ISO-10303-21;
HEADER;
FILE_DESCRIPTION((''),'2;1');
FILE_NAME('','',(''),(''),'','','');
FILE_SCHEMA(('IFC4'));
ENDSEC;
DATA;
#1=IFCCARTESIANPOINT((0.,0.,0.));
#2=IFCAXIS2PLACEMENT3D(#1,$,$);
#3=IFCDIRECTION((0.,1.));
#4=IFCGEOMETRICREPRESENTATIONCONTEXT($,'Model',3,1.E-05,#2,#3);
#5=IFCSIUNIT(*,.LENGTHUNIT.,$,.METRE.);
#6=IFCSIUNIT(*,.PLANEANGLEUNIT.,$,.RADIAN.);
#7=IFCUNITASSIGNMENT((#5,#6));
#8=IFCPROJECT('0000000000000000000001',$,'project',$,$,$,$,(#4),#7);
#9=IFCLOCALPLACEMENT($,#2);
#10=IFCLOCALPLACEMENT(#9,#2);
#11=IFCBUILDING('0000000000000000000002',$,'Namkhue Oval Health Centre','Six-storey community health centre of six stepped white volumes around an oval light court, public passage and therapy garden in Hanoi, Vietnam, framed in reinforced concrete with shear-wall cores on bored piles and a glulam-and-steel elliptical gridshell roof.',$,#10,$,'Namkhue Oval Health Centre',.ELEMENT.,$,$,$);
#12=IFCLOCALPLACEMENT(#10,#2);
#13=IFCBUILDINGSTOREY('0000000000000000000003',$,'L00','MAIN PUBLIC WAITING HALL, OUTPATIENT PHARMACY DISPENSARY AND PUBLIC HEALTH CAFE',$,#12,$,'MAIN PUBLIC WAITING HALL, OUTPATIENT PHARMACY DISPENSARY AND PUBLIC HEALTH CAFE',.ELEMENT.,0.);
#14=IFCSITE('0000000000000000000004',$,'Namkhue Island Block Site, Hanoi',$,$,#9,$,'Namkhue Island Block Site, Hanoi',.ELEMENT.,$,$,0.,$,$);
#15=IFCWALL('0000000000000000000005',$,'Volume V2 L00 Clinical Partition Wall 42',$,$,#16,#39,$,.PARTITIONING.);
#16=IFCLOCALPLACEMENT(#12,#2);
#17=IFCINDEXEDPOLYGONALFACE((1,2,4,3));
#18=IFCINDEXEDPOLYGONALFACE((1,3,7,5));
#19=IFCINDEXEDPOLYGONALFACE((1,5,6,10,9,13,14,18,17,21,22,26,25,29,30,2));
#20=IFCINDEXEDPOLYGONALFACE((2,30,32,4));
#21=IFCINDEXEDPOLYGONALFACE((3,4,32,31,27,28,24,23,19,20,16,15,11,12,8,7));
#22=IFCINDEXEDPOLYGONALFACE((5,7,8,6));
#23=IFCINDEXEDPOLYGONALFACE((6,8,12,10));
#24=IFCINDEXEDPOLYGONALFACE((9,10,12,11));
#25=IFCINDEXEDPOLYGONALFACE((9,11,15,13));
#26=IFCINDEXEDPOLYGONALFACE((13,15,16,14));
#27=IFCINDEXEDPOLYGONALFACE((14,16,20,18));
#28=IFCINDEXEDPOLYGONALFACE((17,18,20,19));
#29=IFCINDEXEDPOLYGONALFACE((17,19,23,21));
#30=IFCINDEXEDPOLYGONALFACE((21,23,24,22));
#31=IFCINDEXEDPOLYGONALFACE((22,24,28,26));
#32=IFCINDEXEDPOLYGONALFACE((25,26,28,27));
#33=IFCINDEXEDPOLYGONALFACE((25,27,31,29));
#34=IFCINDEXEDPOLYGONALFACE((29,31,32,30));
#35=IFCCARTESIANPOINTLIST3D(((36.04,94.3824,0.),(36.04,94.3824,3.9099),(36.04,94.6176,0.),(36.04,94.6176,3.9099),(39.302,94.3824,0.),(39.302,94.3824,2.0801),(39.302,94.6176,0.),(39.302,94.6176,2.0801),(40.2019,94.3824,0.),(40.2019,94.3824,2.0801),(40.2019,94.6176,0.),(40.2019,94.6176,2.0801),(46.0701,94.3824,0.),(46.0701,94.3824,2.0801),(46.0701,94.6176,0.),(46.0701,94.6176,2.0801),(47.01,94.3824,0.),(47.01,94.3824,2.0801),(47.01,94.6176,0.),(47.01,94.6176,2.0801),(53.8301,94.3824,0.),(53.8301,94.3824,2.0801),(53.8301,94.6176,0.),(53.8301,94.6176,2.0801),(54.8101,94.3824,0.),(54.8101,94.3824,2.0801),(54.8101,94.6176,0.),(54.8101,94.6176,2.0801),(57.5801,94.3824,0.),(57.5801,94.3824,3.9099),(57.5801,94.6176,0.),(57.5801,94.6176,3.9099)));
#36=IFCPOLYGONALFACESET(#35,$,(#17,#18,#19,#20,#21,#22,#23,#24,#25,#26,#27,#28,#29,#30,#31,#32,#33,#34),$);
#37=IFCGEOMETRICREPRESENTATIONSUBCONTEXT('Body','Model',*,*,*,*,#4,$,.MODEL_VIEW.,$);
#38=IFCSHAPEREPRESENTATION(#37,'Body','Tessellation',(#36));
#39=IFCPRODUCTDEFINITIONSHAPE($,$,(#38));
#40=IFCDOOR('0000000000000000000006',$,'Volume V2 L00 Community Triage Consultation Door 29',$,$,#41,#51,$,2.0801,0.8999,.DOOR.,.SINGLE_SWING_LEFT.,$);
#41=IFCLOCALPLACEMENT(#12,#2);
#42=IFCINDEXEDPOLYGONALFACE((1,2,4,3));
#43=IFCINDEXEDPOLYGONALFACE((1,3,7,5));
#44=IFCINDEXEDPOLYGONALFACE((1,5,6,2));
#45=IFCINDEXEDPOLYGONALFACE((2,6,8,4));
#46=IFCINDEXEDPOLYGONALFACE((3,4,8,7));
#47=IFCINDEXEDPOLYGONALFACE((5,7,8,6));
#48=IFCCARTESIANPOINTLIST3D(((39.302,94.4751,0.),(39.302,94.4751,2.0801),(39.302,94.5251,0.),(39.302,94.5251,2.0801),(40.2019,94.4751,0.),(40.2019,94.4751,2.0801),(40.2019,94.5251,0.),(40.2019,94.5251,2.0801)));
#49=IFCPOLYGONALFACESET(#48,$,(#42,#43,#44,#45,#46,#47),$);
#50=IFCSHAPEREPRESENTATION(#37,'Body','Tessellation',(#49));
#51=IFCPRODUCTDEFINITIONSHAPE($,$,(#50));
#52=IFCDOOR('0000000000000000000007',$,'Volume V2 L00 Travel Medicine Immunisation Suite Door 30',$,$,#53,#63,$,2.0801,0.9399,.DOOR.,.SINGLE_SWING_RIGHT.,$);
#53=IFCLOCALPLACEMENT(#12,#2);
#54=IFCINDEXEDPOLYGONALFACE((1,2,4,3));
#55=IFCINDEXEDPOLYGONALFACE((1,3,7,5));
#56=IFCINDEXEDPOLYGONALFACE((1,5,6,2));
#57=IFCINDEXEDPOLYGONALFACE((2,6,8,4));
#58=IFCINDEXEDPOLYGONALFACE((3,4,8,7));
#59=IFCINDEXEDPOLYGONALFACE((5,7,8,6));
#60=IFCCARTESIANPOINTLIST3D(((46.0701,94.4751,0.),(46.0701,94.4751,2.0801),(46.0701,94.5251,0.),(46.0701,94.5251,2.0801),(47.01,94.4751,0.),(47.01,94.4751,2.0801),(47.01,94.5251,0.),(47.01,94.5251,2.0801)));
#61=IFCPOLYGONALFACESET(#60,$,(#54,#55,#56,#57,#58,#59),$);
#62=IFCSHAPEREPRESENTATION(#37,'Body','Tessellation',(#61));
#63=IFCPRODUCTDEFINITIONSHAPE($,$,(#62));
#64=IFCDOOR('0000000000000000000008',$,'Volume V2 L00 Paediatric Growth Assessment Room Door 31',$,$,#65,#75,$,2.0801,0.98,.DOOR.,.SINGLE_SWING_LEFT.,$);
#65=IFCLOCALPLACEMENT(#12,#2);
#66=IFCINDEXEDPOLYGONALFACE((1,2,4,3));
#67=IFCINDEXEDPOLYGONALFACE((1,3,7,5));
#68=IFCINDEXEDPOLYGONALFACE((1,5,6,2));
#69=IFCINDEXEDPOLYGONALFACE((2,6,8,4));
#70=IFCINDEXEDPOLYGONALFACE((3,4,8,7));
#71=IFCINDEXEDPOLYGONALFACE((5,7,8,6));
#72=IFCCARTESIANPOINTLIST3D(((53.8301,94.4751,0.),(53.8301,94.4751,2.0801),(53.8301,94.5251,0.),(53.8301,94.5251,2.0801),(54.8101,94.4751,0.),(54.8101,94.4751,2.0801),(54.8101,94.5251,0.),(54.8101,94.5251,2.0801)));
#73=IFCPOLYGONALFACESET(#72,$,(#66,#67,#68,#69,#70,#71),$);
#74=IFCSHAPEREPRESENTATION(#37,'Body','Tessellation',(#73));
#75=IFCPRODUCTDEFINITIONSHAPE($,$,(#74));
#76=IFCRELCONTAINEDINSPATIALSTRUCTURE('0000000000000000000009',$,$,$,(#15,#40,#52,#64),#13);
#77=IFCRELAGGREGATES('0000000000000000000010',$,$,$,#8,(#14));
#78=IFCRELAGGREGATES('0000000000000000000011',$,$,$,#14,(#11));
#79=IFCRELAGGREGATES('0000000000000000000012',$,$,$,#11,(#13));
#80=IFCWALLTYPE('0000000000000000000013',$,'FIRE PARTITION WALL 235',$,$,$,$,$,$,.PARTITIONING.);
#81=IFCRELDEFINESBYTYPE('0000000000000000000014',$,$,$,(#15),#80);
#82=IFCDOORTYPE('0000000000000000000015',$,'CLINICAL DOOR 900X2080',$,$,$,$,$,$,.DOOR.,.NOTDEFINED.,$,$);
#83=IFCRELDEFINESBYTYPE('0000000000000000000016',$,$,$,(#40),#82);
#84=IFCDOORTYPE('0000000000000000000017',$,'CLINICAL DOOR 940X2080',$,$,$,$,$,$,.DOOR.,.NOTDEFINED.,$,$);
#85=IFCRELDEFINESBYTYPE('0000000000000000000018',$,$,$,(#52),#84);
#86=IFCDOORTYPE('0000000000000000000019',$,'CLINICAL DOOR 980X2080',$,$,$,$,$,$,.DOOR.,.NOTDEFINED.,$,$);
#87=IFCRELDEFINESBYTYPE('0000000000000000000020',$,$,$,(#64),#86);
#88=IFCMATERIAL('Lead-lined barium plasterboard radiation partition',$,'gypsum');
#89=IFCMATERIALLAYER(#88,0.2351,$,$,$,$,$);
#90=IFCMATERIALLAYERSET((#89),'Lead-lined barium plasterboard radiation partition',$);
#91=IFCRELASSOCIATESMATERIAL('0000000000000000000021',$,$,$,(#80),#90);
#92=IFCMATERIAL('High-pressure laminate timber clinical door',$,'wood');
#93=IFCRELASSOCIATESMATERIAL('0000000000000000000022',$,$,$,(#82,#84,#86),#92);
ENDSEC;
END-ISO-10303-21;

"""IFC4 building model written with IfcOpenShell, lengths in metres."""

from ifc_helpers import new_model, si_unit, direction, frame, frame_2d, origin, place, context, subcontext, project, spatial, rectangle, extrude, material, layer, layer_set, type_object, element, fill, save


model = new_model("IFC4")

# Units and contexts
model_context = context("Model", 3, precision=1e-05, world=origin(), true_north=direction((0.0, 1.0)))
body_context = subcontext(model_context, "Body", "Model", "MODEL_VIEW")
ifc_project = project(units=[si_unit("LENGTHUNIT", "METRE"), si_unit("PLANEANGLEUNIT", "RADIAN")], contexts=[model_context])

# Site, building, storey
site_placement = place(None, origin())
site = spatial("IfcSite", under=ifc_project, at=site_placement, Name="Namkhue Island Block Site, Hanoi", LongName="Namkhue Island Block Site, Hanoi", CompositionType="ELEMENT", RefElevation=0.0)
building_placement = place(site_placement, origin())
building = spatial("IfcBuilding", under=site, at=building_placement, Name="Namkhue Oval Health Centre", Description="Six-storey community health centre of six stepped white volumes around an oval light court, public passage and therapy garden in Hanoi, Vietnam, framed in reinforced concrete with shear-wall cores on bored piles and a glulam-and-steel elliptical gridshell roof.", LongName="Namkhue Oval Health Centre", CompositionType="ELEMENT")
storey_placement = place(building_placement, origin())
storey = spatial("IfcBuildingStorey", under=building, at=storey_placement, Name="L00", Description="MAIN PUBLIC WAITING HALL, OUTPATIENT PHARMACY DISPENSARY AND PUBLIC HEALTH CAFE", LongName="MAIN PUBLIC WAITING HALL, OUTPATIENT PHARMACY DISPENSARY AND PUBLIC HEALTH CAFE", CompositionType="ELEMENT", Elevation=0.0)

# Wall, openings, doors
ifc_material_1 = material(Name="Lead-lined barium plasterboard radiation partition", Category="gypsum")
ifc_layer_1 = layer(ifc_material_1, 0.2351)
ifc_layer_set_1 = layer_set([ifc_layer_1], Name="Lead-lined barium plasterboard radiation partition")
wall_type = type_object("IfcWallType", Name="FIRE PARTITION WALL 235", PredefinedType="PARTITIONING", material=ifc_layer_set_1)
wall_placement = place(storey_placement, frame((36.04, 94.5, 0.0), z_axis=(0.0, 0.0, 1.0), x_axis=(1.0, 0.0, 0.0)))
wall = element("IfcWall", 1, at=wall_placement, inside=storey, type_object=wall_type, Name="Volume V2 L00 Clinical Partition Wall 42", PredefinedType="PARTITIONING", context=body_context, shape_type="SweptSolid", body=[
    extrude(rectangle(XDim=21.54, YDim=0.2351, at=frame_2d((10.77, 0.0))), origin(), (0.0, 0.0, 1.0), 3.9099),
])
opening_1_placement = place(wall_placement, frame((3.262, 0.0, 0.0)))
opening_1 = element("IfcOpeningElement", 2, at=opening_1_placement, cuts=wall, PredefinedType="OPENING", context=body_context, shape_type="SweptSolid", body=[
    extrude(rectangle(XDim=0.8999, YDim=2.0801, at=frame_2d((0.45, 1.04))), frame((0.0, 0.1274, 0.0), z_axis=(0.0, -1.0, 0.0), x_axis=(1.0, 0.0, 0.0)), (0.0, 0.0, 1.0), 0.2551),
])
opening_2_placement = place(wall_placement, frame((10.03, 0.0, 0.0)))
opening_2 = element("IfcOpeningElement", 3, at=opening_2_placement, cuts=wall, PredefinedType="OPENING", context=body_context, shape_type="SweptSolid", body=[
    extrude(rectangle(XDim=0.9399, YDim=2.0801, at=frame_2d((0.47, 1.04))), frame((0.0, 0.1274, 0.0), z_axis=(0.0, -1.0, 0.0), x_axis=(1.0, 0.0, 0.0)), (0.0, 0.0, 1.0), 0.2551),
])
opening_3_placement = place(wall_placement, frame((17.79, 0.0, 0.0)))
opening_3 = element("IfcOpeningElement", 4, at=opening_3_placement, cuts=wall, PredefinedType="OPENING", context=body_context, shape_type="SweptSolid", body=[
    extrude(rectangle(XDim=0.98, YDim=2.0801, at=frame_2d((0.49, 1.04))), frame((0.0, 0.1274, 0.0), z_axis=(0.0, -1.0, 0.0), x_axis=(1.0, 0.0, 0.0)), (0.0, 0.0, 1.0), 0.2551),
])
ifc_material_2 = material(Name="High-pressure laminate timber clinical door", Category="wood")
door_type_1 = type_object("IfcDoorType", Name="CLINICAL DOOR 900X2080", OperationType="NOTDEFINED", PredefinedType="DOOR", material=ifc_material_2)
door_1_placement = place(opening_1_placement, frame((0.8999, 0.0, 0.0), z_axis=(0.0, 0.0, 1.0), x_axis=(-1.0, 0.0, 0.0)))
door_1 = element("IfcDoor", 5, at=door_1_placement, inside=storey, type_object=door_type_1, Name="Volume V2 L00 Community Triage Consultation Door 29", OperationType="SINGLE_SWING_LEFT", OverallHeight=2.0801, OverallWidth=0.8999, PredefinedType="DOOR", context=body_context, shape_type="SweptSolid", body=[
    extrude(rectangle(XDim=0.8999, YDim=2.0801, at=frame_2d((0.45, 1.04))), frame((0.0, 0.0249, 0.0), z_axis=(0.0, -1.0, 0.0), x_axis=(1.0, 0.0, 0.0)), (0.0, 0.0, 1.0), 0.05),
])
fill(opening_1, door_1)
door_type_2 = type_object("IfcDoorType", Name="CLINICAL DOOR 940X2080", OperationType="NOTDEFINED", PredefinedType="DOOR", material=ifc_material_2)
door_2_placement = place(opening_2_placement, frame((0.9399, 0.0, 0.0), z_axis=(0.0, 0.0, 1.0), x_axis=(-1.0, 0.0, 0.0)))
door_2 = element("IfcDoor", 6, at=door_2_placement, inside=storey, type_object=door_type_2, Name="Volume V2 L00 Travel Medicine Immunisation Suite Door 30", OperationType="SINGLE_SWING_RIGHT", OverallHeight=2.0801, OverallWidth=0.9399, PredefinedType="DOOR", context=body_context, shape_type="SweptSolid", body=[
    extrude(rectangle(XDim=0.9399, YDim=2.0801, at=frame_2d((0.47, 1.04))), frame((0.0, 0.0249, 0.0), z_axis=(0.0, -1.0, 0.0), x_axis=(1.0, 0.0, 0.0)), (0.0, 0.0, 1.0), 0.05),
])
fill(opening_2, door_2)
door_type_3 = type_object("IfcDoorType", Name="CLINICAL DOOR 980X2080", OperationType="NOTDEFINED", PredefinedType="DOOR", material=ifc_material_2)
door_3_placement = place(opening_3_placement, frame((0.98, 0.0, 0.0), z_axis=(0.0, 0.0, 1.0), x_axis=(-1.0, 0.0, 0.0)))
door_3 = element("IfcDoor", 7, at=door_3_placement, inside=storey, type_object=door_type_3, Name="Volume V2 L00 Paediatric Growth Assessment Room Door 31", OperationType="SINGLE_SWING_LEFT", OverallHeight=2.0801, OverallWidth=0.98, PredefinedType="DOOR", context=body_context, shape_type="SweptSolid", body=[
    extrude(rectangle(XDim=0.98, YDim=2.0801, at=frame_2d((0.49, 1.04))), frame((0.0, 0.0249, 0.0), z_axis=(0.0, -1.0, 0.0), x_axis=(1.0, 0.0, 0.0)), (0.0, 0.0, 1.0), 0.05),
])
fill(opening_3, door_3)

save(model, "model.ifc")
